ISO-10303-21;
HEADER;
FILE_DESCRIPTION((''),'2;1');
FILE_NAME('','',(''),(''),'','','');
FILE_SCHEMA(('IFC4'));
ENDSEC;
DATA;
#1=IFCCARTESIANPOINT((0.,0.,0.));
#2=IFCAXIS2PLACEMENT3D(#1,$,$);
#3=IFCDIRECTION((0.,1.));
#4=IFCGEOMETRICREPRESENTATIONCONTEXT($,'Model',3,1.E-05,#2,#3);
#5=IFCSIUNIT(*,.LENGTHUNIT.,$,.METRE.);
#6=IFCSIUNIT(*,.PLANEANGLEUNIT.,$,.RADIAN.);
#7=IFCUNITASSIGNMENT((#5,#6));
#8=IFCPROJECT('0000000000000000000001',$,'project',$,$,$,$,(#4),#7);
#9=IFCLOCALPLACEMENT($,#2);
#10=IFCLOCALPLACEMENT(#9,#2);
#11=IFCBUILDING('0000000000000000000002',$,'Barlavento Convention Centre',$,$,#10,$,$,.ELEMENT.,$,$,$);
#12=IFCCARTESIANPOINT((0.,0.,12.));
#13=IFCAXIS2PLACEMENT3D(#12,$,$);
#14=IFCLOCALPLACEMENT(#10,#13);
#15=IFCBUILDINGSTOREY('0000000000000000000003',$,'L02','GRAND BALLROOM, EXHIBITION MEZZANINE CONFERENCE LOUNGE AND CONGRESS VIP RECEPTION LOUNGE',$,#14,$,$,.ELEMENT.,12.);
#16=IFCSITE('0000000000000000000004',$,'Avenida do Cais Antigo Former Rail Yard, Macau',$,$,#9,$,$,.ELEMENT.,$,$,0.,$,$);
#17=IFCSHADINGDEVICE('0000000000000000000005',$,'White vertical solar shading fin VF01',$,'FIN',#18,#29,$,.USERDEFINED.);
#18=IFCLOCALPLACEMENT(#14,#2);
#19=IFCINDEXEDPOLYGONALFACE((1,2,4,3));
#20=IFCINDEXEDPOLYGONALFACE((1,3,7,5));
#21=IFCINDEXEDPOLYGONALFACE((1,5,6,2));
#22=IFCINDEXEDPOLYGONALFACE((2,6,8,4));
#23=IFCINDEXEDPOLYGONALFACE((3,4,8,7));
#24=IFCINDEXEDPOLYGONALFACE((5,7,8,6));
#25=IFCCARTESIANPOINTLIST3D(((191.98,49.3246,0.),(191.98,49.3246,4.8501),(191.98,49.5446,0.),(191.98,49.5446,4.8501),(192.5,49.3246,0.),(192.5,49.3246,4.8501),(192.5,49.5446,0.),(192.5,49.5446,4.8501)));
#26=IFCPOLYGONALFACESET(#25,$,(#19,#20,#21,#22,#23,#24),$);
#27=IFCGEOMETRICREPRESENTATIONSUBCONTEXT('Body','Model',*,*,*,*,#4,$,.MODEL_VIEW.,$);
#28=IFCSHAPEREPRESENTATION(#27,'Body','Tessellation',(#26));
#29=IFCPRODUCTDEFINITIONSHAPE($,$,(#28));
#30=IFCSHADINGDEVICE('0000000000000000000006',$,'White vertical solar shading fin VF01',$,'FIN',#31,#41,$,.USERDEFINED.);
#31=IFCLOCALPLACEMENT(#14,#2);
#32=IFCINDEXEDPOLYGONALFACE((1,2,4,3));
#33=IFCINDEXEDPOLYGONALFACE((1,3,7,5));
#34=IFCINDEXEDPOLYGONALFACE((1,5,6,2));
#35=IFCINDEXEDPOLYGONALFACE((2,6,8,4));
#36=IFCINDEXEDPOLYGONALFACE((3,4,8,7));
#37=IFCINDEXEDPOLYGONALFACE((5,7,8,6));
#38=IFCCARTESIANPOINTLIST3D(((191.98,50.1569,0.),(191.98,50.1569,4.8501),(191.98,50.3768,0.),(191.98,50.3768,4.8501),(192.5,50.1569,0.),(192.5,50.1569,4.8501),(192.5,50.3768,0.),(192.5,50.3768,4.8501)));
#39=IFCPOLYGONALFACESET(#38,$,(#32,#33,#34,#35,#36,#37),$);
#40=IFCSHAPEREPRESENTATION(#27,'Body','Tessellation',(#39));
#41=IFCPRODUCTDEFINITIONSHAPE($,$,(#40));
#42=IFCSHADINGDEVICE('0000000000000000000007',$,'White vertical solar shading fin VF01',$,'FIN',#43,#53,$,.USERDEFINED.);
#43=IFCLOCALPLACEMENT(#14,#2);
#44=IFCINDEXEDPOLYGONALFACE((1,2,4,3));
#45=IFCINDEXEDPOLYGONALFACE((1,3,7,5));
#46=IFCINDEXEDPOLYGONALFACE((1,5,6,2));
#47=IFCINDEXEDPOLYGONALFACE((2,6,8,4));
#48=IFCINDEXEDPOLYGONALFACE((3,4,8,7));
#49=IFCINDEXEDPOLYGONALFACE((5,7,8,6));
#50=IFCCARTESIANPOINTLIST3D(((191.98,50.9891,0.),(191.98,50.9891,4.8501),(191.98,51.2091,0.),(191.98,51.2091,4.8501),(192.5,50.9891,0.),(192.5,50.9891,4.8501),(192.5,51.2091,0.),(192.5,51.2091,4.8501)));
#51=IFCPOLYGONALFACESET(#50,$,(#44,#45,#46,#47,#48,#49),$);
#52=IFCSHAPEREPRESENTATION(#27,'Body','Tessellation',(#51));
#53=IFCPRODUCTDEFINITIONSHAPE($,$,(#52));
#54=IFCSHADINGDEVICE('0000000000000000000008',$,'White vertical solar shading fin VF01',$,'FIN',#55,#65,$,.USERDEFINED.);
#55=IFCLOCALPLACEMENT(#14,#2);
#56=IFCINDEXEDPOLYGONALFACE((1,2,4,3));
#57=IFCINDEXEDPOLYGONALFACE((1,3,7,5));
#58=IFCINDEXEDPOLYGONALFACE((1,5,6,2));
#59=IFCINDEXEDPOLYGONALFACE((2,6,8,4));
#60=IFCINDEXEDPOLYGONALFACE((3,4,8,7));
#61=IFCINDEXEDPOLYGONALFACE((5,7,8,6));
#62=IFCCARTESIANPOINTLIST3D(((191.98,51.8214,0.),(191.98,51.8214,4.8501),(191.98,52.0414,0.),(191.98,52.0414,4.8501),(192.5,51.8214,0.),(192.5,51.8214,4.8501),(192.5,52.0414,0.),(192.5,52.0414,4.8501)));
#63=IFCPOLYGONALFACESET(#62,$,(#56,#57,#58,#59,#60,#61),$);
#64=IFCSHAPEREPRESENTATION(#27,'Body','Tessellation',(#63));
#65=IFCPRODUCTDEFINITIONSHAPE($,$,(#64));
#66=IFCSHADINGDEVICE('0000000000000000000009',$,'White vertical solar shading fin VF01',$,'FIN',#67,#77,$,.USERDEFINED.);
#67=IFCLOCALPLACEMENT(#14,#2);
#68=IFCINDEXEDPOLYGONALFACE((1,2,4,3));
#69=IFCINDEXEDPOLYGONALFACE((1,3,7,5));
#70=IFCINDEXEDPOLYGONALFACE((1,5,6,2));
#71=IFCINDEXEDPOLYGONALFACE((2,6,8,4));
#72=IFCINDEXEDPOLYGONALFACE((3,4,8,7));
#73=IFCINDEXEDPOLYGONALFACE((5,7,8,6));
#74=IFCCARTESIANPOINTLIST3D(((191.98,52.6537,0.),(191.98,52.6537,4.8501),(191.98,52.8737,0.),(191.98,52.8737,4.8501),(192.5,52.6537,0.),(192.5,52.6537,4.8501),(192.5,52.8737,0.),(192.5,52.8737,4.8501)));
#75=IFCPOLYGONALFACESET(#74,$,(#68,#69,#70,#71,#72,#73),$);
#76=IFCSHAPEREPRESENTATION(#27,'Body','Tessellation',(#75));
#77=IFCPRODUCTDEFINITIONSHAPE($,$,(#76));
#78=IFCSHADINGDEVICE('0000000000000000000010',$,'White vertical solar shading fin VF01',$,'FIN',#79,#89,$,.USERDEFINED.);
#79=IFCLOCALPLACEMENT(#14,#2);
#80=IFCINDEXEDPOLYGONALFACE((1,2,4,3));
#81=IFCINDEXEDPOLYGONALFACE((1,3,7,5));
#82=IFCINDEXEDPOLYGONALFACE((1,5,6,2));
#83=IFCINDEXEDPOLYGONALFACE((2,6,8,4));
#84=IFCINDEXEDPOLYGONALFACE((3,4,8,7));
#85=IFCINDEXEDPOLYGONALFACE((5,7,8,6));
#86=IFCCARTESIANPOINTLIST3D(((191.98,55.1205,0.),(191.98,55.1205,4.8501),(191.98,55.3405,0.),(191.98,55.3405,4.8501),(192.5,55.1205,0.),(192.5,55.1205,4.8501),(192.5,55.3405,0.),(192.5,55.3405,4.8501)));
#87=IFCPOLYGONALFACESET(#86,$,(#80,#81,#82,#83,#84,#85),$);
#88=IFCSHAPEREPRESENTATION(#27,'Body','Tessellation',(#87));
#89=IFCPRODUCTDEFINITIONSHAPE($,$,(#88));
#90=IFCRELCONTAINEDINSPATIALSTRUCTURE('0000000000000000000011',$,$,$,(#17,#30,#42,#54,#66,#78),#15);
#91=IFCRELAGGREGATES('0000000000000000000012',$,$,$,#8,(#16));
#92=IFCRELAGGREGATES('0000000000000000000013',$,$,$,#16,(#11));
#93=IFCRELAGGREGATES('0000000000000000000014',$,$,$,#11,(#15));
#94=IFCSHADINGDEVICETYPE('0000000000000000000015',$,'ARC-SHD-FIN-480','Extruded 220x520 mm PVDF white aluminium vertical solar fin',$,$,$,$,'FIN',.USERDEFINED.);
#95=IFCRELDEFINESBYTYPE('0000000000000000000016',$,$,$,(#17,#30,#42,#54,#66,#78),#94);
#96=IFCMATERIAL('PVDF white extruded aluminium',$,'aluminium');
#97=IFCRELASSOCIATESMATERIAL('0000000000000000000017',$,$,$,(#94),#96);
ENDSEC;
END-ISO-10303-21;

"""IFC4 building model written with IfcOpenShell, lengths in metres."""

from ifc_helpers import new_model, si_unit, direction, frame, origin, origin_2d, place, context, subcontext, project, spatial, rectangle, extrude, material, type_object, element, save


model = new_model("IFC4")

# Units and contexts
model_context = context("Model", 3, precision=1e-05, world=origin(), true_north=direction((0.0, 1.0)))
body_context = subcontext(model_context, "Body", "Model", "MODEL_VIEW")
ifc_project = project(units=[si_unit("LENGTHUNIT", "METRE"), si_unit("PLANEANGLEUNIT", "RADIAN")], contexts=[model_context])

# Site, building, storey
site_placement = place(None, origin())
site = spatial("IfcSite", under=ifc_project, at=site_placement, Name="Avenida do Cais Antigo Former Rail Yard, Macau", CompositionType="ELEMENT", RefElevation=0.0)
building_placement = place(site_placement, origin())
building = spatial("IfcBuilding", under=site, at=building_placement, Name="Barlavento Convention Centre", CompositionType="ELEMENT")
storey_placement = place(building_placement, frame((0.0, 0.0, 12.0)))
storey = spatial("IfcBuildingStorey", under=building, at=storey_placement, Name="L02", Description="GRAND BALLROOM, EXHIBITION MEZZANINE CONFERENCE LOUNGE AND CONGRESS VIP RECEPTION LOUNGE", CompositionType="ELEMENT", Elevation=12.0)

# Shading devices
ifc_material_1 = material(Name="PVDF white extruded aluminium", Category="aluminium")
shading_device_type = type_object("IfcShadingDeviceType", Name="ARC-SHD-FIN-480", Description="Extruded 220x520 mm PVDF white aluminium vertical solar fin", ElementType="FIN", PredefinedType="USERDEFINED", material=ifc_material_1)
for number, where, z_axis, x_axis, name in (
    (1, (192.24, 49.4346, 0.0), (0.0, 0.0, 1.0), (0.0, 1.0, 0.0), "White vertical solar shading fin VF01"),
    (2, (192.24, 50.2668, 0.0), (0.0, 0.0, 1.0), (0.0, 1.0, 0.0), "White vertical solar shading fin VF01"),
    (3, (192.24, 51.0991, 0.0), (0.0, 0.0, 1.0), (0.0, 1.0, 0.0), "White vertical solar shading fin VF01"),
    (4, (192.24, 51.9314, 0.0), (0.0, 0.0, 1.0), (0.0, 1.0, 0.0), "White vertical solar shading fin VF01"),
    (5, (192.24, 52.7637, 0.0), (0.0, 0.0, 1.0), (0.0, 1.0, 0.0), "White vertical solar shading fin VF01"),
    (6, (192.24, 55.2305, 0.0), (0.0, 0.0, 1.0), (0.0, 1.0, 0.0), "White vertical solar shading fin VF01"),
):
    element("IfcShadingDevice", number, at=place(storey_placement, frame(where, z_axis=z_axis, x_axis=x_axis)), inside=storey, type_object=shading_device_type, Name=name, ObjectType="FIN", PredefinedType="USERDEFINED", context=body_context, shape_type="SweptSolid", body=[
        extrude(rectangle(XDim=0.22, YDim=0.52, at=origin_2d()), origin(), (0.0, 0.0, 1.0), 4.8501),
    ])

save(model, "model.ifc")
